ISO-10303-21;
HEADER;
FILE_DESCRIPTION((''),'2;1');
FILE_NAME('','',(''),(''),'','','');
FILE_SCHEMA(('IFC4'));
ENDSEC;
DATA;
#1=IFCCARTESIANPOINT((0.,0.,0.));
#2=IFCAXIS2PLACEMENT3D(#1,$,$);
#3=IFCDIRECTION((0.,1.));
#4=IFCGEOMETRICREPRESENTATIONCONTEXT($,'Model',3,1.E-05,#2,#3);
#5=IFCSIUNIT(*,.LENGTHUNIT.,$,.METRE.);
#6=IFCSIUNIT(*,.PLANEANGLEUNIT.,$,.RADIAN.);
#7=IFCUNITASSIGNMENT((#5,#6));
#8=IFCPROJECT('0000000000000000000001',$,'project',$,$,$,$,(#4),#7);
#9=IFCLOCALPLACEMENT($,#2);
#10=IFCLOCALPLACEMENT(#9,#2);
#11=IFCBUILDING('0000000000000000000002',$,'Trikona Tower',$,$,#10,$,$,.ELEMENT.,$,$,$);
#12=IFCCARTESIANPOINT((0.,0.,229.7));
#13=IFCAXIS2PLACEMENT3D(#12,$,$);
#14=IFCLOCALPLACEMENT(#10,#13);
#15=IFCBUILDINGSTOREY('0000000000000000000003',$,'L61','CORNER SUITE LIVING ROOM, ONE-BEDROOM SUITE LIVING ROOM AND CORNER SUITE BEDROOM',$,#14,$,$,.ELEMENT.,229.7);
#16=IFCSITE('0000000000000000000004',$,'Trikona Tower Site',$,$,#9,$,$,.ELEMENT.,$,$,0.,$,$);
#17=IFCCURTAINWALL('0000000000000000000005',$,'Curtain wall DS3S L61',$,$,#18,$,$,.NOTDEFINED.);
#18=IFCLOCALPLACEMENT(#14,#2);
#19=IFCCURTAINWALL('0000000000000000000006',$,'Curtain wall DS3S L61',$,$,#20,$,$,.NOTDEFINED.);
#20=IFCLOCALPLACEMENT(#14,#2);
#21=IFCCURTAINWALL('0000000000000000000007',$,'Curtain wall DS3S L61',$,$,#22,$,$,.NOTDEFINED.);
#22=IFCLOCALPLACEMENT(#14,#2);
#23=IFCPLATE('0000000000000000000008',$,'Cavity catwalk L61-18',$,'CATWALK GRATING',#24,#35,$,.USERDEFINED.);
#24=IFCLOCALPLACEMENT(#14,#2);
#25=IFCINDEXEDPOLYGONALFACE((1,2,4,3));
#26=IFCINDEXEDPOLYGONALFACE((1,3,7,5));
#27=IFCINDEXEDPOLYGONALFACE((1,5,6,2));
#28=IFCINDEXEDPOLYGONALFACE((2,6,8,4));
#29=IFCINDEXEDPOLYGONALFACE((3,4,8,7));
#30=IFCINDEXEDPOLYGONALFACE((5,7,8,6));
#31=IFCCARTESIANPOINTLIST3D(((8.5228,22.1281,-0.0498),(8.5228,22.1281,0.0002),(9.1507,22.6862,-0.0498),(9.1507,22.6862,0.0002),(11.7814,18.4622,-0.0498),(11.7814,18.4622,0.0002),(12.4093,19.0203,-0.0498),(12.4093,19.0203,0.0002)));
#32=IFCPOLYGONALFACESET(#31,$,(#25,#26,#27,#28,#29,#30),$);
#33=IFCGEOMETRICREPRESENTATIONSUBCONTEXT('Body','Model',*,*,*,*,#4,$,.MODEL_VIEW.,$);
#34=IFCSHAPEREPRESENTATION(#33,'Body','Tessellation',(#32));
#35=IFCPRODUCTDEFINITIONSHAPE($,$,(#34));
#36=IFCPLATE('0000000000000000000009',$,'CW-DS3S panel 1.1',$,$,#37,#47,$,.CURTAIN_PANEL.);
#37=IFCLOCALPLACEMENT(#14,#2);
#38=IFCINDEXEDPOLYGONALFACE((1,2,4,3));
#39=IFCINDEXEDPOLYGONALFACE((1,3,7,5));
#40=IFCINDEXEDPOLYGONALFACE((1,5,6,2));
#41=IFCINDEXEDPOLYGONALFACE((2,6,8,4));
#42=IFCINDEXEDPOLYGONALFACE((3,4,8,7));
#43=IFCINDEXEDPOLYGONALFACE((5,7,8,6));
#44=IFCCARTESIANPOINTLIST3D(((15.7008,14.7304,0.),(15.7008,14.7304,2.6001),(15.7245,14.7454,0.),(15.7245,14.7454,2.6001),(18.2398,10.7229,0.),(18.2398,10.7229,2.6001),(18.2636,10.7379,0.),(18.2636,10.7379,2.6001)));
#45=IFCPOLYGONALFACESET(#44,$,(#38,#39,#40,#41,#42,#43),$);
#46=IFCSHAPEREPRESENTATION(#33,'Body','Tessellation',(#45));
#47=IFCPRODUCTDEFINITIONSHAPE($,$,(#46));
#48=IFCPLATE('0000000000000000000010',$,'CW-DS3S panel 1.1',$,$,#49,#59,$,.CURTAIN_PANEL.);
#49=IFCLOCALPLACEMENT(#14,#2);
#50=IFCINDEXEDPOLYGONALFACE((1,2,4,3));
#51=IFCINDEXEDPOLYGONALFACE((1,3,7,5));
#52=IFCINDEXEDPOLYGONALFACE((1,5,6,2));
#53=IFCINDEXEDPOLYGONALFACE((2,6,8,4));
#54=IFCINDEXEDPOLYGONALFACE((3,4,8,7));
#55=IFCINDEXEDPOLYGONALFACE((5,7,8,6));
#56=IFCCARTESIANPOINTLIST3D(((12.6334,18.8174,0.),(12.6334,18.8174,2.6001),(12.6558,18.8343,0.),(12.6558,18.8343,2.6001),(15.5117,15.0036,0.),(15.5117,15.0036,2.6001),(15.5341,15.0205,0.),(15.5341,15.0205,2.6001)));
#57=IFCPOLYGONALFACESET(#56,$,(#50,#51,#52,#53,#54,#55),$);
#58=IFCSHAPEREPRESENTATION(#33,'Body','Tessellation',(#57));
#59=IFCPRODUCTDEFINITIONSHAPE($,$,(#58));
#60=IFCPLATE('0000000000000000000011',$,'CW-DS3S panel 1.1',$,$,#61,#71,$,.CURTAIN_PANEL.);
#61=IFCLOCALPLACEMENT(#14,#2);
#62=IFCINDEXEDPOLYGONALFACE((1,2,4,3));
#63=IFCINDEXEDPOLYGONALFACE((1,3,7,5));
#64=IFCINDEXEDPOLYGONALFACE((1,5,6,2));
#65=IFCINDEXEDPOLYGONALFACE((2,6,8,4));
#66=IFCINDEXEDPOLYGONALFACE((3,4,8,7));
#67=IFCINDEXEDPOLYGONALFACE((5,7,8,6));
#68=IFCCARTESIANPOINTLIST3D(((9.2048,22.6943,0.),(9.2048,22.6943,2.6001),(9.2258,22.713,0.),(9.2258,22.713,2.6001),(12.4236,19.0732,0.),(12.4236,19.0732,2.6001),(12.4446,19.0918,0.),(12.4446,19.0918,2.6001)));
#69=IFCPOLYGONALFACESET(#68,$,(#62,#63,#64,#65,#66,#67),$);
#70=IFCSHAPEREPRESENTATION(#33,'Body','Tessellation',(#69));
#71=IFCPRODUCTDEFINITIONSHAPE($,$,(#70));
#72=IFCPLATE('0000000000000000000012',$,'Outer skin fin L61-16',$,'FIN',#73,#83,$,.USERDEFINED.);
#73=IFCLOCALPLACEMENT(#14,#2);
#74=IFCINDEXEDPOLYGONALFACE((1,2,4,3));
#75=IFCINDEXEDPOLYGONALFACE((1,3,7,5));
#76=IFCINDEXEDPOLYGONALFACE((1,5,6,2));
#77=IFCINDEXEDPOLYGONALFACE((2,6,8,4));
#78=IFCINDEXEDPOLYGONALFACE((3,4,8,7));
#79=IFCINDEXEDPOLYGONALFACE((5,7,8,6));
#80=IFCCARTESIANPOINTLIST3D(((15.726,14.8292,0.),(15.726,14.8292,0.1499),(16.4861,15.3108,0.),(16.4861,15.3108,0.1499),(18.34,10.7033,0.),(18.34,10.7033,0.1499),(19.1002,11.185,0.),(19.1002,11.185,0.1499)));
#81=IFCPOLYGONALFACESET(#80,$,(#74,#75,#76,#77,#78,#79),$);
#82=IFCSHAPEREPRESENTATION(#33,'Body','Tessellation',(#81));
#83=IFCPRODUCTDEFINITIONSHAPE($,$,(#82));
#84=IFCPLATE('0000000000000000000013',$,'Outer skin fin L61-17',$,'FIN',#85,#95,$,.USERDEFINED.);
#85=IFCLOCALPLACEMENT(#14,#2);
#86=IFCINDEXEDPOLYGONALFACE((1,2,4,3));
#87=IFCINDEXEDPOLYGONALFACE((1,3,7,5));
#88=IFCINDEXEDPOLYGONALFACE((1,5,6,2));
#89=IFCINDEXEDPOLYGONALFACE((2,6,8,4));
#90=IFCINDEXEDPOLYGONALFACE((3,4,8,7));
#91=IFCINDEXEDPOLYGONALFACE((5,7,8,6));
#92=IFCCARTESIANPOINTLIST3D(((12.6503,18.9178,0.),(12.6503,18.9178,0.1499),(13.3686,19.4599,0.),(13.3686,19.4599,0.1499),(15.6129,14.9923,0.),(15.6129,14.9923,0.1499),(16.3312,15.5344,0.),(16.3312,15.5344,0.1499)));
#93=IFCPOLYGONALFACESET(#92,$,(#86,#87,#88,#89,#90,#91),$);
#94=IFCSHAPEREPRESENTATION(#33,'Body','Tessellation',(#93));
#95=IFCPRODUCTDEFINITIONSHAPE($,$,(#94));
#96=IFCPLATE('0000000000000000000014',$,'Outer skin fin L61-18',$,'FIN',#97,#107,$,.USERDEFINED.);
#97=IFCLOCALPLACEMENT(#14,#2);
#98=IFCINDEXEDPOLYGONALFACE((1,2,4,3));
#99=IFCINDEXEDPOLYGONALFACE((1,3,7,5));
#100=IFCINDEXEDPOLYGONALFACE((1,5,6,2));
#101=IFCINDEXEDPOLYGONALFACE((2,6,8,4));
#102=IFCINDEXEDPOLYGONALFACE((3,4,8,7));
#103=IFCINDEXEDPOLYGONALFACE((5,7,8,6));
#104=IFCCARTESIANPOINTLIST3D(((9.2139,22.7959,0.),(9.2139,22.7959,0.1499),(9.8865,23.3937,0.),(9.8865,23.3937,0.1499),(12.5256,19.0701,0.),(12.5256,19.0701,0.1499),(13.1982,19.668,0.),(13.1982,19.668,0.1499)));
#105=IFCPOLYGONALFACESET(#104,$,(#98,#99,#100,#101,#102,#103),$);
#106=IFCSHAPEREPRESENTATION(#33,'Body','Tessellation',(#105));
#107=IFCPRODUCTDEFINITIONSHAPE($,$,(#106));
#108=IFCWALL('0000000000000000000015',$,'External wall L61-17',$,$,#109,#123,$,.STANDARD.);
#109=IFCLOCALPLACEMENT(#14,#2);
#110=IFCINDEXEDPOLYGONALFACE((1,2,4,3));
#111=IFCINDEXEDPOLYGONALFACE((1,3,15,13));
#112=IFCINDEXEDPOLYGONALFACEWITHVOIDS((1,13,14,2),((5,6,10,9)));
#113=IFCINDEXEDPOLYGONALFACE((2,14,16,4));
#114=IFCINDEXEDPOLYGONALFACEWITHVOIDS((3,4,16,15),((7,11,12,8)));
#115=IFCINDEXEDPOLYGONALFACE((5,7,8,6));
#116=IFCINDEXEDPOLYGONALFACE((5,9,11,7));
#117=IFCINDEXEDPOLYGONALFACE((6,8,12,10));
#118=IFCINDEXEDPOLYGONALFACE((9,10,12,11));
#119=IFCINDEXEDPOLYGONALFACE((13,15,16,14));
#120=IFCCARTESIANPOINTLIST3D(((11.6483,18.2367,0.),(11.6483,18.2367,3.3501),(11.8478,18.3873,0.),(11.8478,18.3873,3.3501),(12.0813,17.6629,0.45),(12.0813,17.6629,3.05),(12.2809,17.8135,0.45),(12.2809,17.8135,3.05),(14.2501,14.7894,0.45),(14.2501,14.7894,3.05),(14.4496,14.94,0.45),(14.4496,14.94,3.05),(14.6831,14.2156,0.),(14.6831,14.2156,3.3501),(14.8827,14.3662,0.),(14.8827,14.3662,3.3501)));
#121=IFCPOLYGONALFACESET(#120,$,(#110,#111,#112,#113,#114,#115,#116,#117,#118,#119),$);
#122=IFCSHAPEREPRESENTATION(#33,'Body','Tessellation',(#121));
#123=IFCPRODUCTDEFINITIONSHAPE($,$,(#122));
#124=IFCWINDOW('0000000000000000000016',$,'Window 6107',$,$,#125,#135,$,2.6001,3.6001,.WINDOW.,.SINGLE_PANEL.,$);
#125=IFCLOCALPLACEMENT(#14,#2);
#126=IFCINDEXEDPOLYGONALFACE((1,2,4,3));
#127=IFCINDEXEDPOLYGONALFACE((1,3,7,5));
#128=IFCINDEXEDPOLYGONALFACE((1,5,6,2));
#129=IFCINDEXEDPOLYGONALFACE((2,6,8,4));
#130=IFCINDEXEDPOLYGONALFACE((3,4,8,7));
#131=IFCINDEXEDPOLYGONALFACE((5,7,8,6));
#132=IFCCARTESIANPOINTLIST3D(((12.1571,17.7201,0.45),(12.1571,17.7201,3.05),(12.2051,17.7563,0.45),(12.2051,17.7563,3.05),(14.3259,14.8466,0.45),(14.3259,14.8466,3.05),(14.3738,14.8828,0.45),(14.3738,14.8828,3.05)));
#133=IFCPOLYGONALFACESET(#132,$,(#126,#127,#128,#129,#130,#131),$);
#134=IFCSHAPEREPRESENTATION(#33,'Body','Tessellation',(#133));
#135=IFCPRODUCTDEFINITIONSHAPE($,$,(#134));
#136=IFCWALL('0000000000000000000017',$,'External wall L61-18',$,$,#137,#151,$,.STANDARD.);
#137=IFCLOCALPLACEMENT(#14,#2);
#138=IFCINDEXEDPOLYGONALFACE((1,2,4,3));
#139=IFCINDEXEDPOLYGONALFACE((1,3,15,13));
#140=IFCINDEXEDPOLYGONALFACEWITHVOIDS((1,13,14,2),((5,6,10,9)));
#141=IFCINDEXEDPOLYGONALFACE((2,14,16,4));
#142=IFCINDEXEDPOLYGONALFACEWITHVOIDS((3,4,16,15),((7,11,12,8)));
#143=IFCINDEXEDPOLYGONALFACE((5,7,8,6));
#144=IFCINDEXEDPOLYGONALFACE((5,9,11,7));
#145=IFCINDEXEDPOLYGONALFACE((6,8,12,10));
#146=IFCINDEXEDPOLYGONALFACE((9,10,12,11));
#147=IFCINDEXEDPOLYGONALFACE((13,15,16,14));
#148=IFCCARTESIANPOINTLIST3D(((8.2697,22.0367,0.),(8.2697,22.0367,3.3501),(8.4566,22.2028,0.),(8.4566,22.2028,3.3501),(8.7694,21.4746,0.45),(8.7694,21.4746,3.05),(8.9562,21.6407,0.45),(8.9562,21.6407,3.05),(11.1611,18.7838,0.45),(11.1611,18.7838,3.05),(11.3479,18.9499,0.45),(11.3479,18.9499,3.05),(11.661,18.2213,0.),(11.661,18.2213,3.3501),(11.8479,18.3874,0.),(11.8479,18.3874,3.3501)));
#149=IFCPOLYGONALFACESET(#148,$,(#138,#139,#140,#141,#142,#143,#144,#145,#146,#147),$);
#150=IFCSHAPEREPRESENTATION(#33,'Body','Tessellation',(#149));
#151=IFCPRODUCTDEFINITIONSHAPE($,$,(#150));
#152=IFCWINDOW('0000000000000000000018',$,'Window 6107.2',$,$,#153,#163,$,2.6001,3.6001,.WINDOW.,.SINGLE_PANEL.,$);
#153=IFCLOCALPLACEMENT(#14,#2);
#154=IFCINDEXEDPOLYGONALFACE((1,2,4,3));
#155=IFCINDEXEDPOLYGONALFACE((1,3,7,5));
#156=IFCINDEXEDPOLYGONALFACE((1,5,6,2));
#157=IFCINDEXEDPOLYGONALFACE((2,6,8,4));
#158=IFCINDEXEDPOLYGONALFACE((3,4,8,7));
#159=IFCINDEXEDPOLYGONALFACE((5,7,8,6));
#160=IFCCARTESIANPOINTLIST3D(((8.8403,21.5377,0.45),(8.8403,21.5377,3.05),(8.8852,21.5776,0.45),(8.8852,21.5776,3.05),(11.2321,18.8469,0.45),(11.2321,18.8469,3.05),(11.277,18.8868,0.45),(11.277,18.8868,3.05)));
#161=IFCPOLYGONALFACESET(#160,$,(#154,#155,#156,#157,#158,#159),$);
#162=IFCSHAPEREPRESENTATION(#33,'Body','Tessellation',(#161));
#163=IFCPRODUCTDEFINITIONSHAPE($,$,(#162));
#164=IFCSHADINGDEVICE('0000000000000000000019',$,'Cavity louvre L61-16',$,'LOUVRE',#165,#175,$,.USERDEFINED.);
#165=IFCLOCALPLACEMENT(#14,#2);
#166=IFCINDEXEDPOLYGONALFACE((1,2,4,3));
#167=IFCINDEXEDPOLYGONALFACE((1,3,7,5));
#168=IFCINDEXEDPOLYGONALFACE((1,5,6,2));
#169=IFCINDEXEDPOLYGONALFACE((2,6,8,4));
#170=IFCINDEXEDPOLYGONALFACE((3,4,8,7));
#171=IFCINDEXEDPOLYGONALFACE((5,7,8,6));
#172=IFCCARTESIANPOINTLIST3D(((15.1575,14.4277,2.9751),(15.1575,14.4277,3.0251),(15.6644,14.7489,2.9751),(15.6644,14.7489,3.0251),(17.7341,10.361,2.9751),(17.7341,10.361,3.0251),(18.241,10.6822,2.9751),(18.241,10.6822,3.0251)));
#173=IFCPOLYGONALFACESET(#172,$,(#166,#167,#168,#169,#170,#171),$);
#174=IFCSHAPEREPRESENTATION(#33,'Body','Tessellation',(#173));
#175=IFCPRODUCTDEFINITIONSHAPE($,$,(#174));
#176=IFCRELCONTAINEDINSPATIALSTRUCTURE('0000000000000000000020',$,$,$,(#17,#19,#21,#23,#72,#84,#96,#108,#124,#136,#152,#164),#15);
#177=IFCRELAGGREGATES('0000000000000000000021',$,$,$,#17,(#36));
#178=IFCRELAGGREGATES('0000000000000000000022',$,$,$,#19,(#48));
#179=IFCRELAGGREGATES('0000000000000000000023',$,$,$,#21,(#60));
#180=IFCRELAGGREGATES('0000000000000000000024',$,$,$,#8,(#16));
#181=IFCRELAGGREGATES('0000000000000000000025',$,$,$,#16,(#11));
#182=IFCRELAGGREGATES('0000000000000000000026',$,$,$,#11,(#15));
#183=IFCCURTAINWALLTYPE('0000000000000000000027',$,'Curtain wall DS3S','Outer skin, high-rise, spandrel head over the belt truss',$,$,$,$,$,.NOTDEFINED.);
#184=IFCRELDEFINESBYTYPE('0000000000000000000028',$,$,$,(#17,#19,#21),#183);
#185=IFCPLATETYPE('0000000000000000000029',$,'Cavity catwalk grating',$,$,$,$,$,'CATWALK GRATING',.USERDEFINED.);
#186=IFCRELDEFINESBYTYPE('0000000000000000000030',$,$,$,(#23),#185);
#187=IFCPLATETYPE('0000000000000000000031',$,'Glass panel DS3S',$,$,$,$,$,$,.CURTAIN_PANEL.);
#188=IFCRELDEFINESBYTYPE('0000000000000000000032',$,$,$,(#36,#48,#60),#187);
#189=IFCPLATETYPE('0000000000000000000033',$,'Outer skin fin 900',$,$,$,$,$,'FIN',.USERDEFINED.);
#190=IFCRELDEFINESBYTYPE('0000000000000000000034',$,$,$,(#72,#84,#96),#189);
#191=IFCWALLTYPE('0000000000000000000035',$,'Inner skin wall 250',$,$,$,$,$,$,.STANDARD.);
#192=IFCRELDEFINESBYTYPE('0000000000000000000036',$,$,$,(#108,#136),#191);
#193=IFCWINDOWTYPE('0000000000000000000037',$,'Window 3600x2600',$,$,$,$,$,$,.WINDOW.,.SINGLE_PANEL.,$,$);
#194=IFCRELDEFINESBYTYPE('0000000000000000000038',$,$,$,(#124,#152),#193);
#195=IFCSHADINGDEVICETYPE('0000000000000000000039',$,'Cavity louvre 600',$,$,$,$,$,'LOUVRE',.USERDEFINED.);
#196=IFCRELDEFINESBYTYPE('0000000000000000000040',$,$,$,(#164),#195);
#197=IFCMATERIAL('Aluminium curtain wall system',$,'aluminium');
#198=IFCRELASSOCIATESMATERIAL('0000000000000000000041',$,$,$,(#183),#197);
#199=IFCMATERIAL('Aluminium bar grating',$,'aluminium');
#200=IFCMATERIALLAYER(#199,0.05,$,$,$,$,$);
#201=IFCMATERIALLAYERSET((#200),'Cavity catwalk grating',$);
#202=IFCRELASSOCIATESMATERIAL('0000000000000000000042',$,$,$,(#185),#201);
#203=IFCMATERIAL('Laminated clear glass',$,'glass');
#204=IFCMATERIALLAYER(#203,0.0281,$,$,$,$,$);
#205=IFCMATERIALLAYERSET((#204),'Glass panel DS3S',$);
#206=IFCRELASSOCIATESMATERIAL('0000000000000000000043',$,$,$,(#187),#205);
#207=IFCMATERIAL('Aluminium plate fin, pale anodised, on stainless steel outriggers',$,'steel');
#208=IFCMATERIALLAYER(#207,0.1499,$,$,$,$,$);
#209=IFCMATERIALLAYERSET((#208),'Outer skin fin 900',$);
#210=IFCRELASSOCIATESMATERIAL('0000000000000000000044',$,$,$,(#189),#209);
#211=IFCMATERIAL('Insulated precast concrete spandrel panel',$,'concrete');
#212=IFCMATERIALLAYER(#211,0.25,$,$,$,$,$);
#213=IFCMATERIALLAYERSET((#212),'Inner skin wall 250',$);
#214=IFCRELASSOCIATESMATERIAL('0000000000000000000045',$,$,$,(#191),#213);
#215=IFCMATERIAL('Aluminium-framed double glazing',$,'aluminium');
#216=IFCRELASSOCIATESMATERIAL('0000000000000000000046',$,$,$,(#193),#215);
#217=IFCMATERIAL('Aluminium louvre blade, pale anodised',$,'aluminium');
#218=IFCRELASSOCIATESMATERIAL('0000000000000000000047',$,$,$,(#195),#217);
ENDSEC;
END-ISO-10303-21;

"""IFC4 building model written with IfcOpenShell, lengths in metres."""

from ifc_helpers import new_model, si_unit, direction, frame, frame_2d, origin, origin_2d, place, context, subcontext, project, spatial, rectangle, extrude, material, layer, layer_set, type_object, element, fill, aggregate, save


model = new_model("IFC4")

# Units and contexts
model_context = context("Model", 3, precision=1e-05, world=origin(), true_north=direction((0.0, 1.0)))
body_context = subcontext(model_context, "Body", "Model", "MODEL_VIEW")
ifc_project = project(units=[si_unit("LENGTHUNIT", "METRE"), si_unit("PLANEANGLEUNIT", "RADIAN")], contexts=[model_context])

# Site, building, storey
site_placement = place(None, origin())
site = spatial("IfcSite", under=ifc_project, at=site_placement, Name="Trikona Tower Site", CompositionType="ELEMENT", RefElevation=0.0)
building_placement = place(site_placement, origin())
building = spatial("IfcBuilding", under=site, at=building_placement, Name="Trikona Tower", CompositionType="ELEMENT")
storey_placement = place(building_placement, frame((0.0, 0.0, 229.7)))
storey = spatial("IfcBuildingStorey", under=building, at=storey_placement, Name="L61", Description="CORNER SUITE LIVING ROOM, ONE-BEDROOM SUITE LIVING ROOM AND CORNER SUITE BEDROOM", CompositionType="ELEMENT", Elevation=229.7)

# Curtain walls
ifc_material_1 = material(Name="Aluminium curtain wall system", Category="aluminium")
curtain_wall_type = type_object("IfcCurtainWallType", Name="Curtain wall DS3S", Description="Outer skin, high-rise, spandrel head over the belt truss", PredefinedType="NOTDEFINED", material=ifc_material_1)
curtain_wall_1_placement = place(storey_placement, origin())
curtain_wall_1 = element("IfcCurtainWall", 1, at=curtain_wall_1_placement, inside=storey, type_object=curtain_wall_type, Name="Curtain wall DS3S L61", PredefinedType="NOTDEFINED")
curtain_wall_2_placement = place(storey_placement, origin())
curtain_wall_2 = element("IfcCurtainWall", 2, at=curtain_wall_2_placement, inside=storey, type_object=curtain_wall_type, Name="Curtain wall DS3S L61", PredefinedType="NOTDEFINED")

# Curtain wall
curtain_wall_3_placement = place(storey_placement, origin())
curtain_wall_3 = element("IfcCurtainWall", 3, at=curtain_wall_3_placement, inside=storey, type_object=curtain_wall_type, Name="Curtain wall DS3S L61", PredefinedType="NOTDEFINED")

# Plate
ifc_material_2 = material(Name="Aluminium bar grating", Category="aluminium")
ifc_layer_1 = layer(ifc_material_2, 0.05)
ifc_layer_set_1 = layer_set([ifc_layer_1], Name="Cavity catwalk grating")
plate_type_1 = type_object("IfcPlateType", Name="Cavity catwalk grating", ElementType="CATWALK GRATING", PredefinedType="USERDEFINED", material=ifc_layer_set_1)
plate_1_placement = place(storey_placement, frame((10.4661, 20.5742, -0.0498), z_axis=(0.0, 0.0, 1.0), x_axis=(-0.664367, 0.747406, 0.0)))
element("IfcPlate", 4, at=plate_1_placement, inside=storey, type_object=plate_type_1, Name="Cavity catwalk L61-18", ObjectType="CATWALK GRATING", PredefinedType="USERDEFINED", context=body_context, shape_type="SweptSolid", body=[
    extrude(rectangle(XDim=4.9048, YDim=0.8401, at=origin_2d()), origin(), (0.0, 0.0, 1.0), 0.05),
])

# Plates
ifc_material_3 = material(Name="Laminated clear glass", Category="glass")
ifc_layer_2 = layer(ifc_material_3, 0.0281)
ifc_layer_set_2 = layer_set([ifc_layer_2], Name="Glass panel DS3S")
plate_type_2 = type_object("IfcPlateType", Name="Glass panel DS3S", PredefinedType="CURTAIN_PANEL", material=ifc_layer_set_2)
plate_2_placement = place(storey_placement, frame((16.9822, 12.7341, 0.0), z_axis=(0.0, 0.0, 1.0), x_axis=(-0.535197, 0.844727, 0.0)))
plate_2 = element("IfcPlate", 5, at=plate_2_placement, type_object=plate_type_2, Name="CW-DS3S panel 1.1", PredefinedType="CURTAIN_PANEL", context=body_context, shape_type="SweptSolid", body=[
    extrude(rectangle(XDim=4.7441, YDim=0.0281, at=origin_2d()), origin(), (0.0, 0.0, 1.0), 2.6001),
])
aggregate(curtain_wall_1, [plate_2])
plate_3_placement = place(storey_placement, frame((14.0837, 16.9189, 0.0), z_axis=(0.0, 0.0, 1.0), x_axis=(-0.602402, 0.798193, 0.0)))
plate_3 = element("IfcPlate", 6, at=plate_3_placement, type_object=plate_type_2, Name="CW-DS3S panel 1.1", PredefinedType="CURTAIN_PANEL", context=body_context, shape_type="SweptSolid", body=[
    extrude(rectangle(XDim=4.7781, YDim=0.0281, at=origin_2d()), origin(), (0.0, 0.0, 1.0), 2.6001),
])
aggregate(curtain_wall_2, [plate_3])
plate_4_placement = place(storey_placement, frame((10.8247, 20.8931, 0.0), z_axis=(0.0, 0.0, 1.0), x_axis=(-0.664371, 0.747403, 0.0)))
plate_4 = element("IfcPlate", 7, at=plate_4_placement, type_object=plate_type_2, Name="CW-DS3S panel 1.1", PredefinedType="CURTAIN_PANEL", context=body_context, shape_type="SweptSolid", body=[
    extrude(rectangle(XDim=4.845, YDim=0.0281, at=origin_2d()), origin(), (0.0, 0.0, 1.0), 2.6001),
])
aggregate(curtain_wall_3, [plate_4])

# Plates
ifc_material_4 = material(Name="Aluminium plate fin, pale anodised, on stainless steel outriggers", Category="steel")
ifc_layer_3 = layer(ifc_material_4, 0.1499)
ifc_layer_set_3 = layer_set([ifc_layer_3], Name="Outer skin fin 900")
plate_type_3 = type_object("IfcPlateType", Name="Outer skin fin 900", ElementType="FIN", PredefinedType="USERDEFINED", material=ifc_layer_set_3)
plate_5_placement = place(storey_placement, frame((17.4131, 13.0071, 0.0), z_axis=(0.0, 0.0, 1.0), x_axis=(-0.535205, 0.844722, 0.0)))
element("IfcPlate", 8, at=plate_5_placement, inside=storey, type_object=plate_type_3, Name="Outer skin fin L61-16", ObjectType="FIN", PredefinedType="USERDEFINED", context=body_context, shape_type="SweptSolid", body=[
    extrude(rectangle(XDim=4.8843, YDim=0.8999, at=origin_2d()), origin(), (0.0, 0.0, 1.0), 0.1499),
])
plate_6_placement = place(storey_placement, frame((14.4907, 17.2261, 0.0), z_axis=(0.0, 0.0, 1.0), x_axis=(-0.602402, 0.798193, 0.0)))
element("IfcPlate", 9, at=plate_6_placement, inside=storey, type_object=plate_type_3, Name="Outer skin fin L61-17", ObjectType="FIN", PredefinedType="USERDEFINED", context=body_context, shape_type="SweptSolid", body=[
    extrude(rectangle(XDim=4.918, YDim=0.8999, at=origin_2d()), origin(), (0.0, 0.0, 1.0), 0.1499),
])
plate_7_placement = place(storey_placement, frame((11.2061, 21.2319, 0.0), z_axis=(0.0, 0.0, 1.0), x_axis=(-0.664367, 0.747406, 0.0)))
element("IfcPlate", 10, at=plate_7_placement, inside=storey, type_object=plate_type_3, Name="Outer skin fin L61-18", ObjectType="FIN", PredefinedType="USERDEFINED", context=body_context, shape_type="SweptSolid", body=[
    extrude(rectangle(XDim=4.9849, YDim=0.8999, at=origin_2d()), origin(), (0.0, 0.0, 1.0), 0.1499),
])

# Walls, openings, windows
ifc_material_5 = material(Name="Insulated precast concrete spandrel panel", Category="concrete")
ifc_layer_4 = layer(ifc_material_5, 0.25)
ifc_layer_set_4 = layer_set([ifc_layer_4], Name="Inner skin wall 250")
wall_type = type_object("IfcWallType", Name="Inner skin wall 250", PredefinedType="STANDARD", material=ifc_layer_set_4)
wall_1_placement = place(storey_placement, frame((14.783, 14.2908, 0.0), z_axis=(0.0, 0.0, 1.0), x_axis=(-0.602409, 0.798188, 0.0)))
wall_1 = element("IfcWall", 11, at=wall_1_placement, inside=storey, type_object=wall_type, Name="External wall L61-17", PredefinedType="STANDARD", context=body_context, shape_type="SweptSolid", body=[
    extrude(rectangle(XDim=5.0378, YDim=0.25, at=frame_2d((2.519, 0.0))), origin(), (0.0, 0.0, 1.0), 3.3501),
])
opening_1_placement = place(wall_1_placement, frame((0.719, 0.0, 0.45)))
opening_1 = element("IfcOpeningElement", 12, at=opening_1_placement, cuts=wall_1, PredefinedType="OPENING", context=body_context, shape_type="SweptSolid", body=[
    extrude(rectangle(XDim=3.6001, YDim=2.6001, at=frame_2d((1.8, 1.3))), frame((0.0, 0.135, 0.0), z_axis=(0.0, -1.0, 0.0), x_axis=(1.0, 0.0, 0.0)), (0.0, 0.0, 1.0), 0.27),
])
ifc_material_6 = material(Name="Aluminium-framed double glazing", Category="aluminium")
window_type = type_object("IfcWindowType", Name="Window 3600x2600", PartitioningType="SINGLE_PANEL", PredefinedType="WINDOW", material=ifc_material_6)
window_1_placement = place(opening_1_placement, origin())
window_1 = element("IfcWindow", 13, at=window_1_placement, inside=storey, type_object=window_type, Name="Window 6107", OverallHeight=2.6001, OverallWidth=3.6001, PartitioningType="SINGLE_PANEL", PredefinedType="WINDOW", context=body_context, shape_type="SweptSolid", body=[
    extrude(rectangle(XDim=3.6001, YDim=2.6001, at=frame_2d((1.8, 1.3))), frame((0.0, 0.03, 0.0), z_axis=(0.0, -1.0, 0.0), x_axis=(1.0, 0.0, 0.0)), (0.0, 0.0, 1.0), 0.0601),
])
fill(opening_1, window_1)
wall_2_placement = place(storey_placement, frame((11.7544, 18.3044, 0.0), z_axis=(0.0, 0.0, 1.0), x_axis=(-0.664349, 0.747423, 0.0)))
wall_2 = element("IfcWall", 14, at=wall_2_placement, inside=storey, type_object=wall_type, Name="External wall L61-18", PredefinedType="STANDARD", context=body_context, shape_type="SweptSolid", body=[
    extrude(rectangle(XDim=5.1047, YDim=0.25, at=frame_2d((2.5522, 0.0))), origin(), (0.0, 0.0, 1.0), 3.3501),
])
opening_2_placement = place(wall_2_placement, frame((0.7524, 0.0, 0.45)))
opening_2 = element("IfcOpeningElement", 15, at=opening_2_placement, cuts=wall_2, PredefinedType="OPENING", context=body_context, shape_type="SweptSolid", body=[
    extrude(rectangle(XDim=3.6001, YDim=2.6001, at=frame_2d((1.8, 1.3))), frame((0.0, 0.135, 0.0), z_axis=(0.0, -1.0, 0.0), x_axis=(1.0, 0.0, 0.0)), (0.0, 0.0, 1.0), 0.27),
])
window_2_placement = place(opening_2_placement, origin())
window_2 = element("IfcWindow", 16, at=window_2_placement, inside=storey, type_object=window_type, Name="Window 6107.2", OverallHeight=2.6001, OverallWidth=3.6001, PartitioningType="SINGLE_PANEL", PredefinedType="WINDOW", context=body_context, shape_type="SweptSolid", body=[
    extrude(rectangle(XDim=3.6001, YDim=2.6001, at=frame_2d((1.8, 1.3))), frame((0.0, 0.03, 0.0), z_axis=(0.0, -1.0, 0.0), x_axis=(1.0, 0.0, 0.0)), (0.0, 0.0, 1.0), 0.0601),
])
fill(opening_2, window_2)

# Shading device
ifc_material_7 = material(Name="Aluminium louvre blade, pale anodised", Category="aluminium")
shading_device_type = type_object("IfcShadingDeviceType", Name="Cavity louvre 600", ElementType="LOUVRE", PredefinedType="USERDEFINED", material=ifc_material_7)
shading_device_1_placement = place(storey_placement, frame((16.6992, 12.5549, 2.9751), z_axis=(0.0, 0.0, 1.0), x_axis=(-0.535205, 0.844722, 0.0)))
element("IfcShadingDevice", 17, at=shading_device_1_placement, inside=storey, type_object=shading_device_type, Name="Cavity louvre L61-16", ObjectType="LOUVRE", PredefinedType="USERDEFINED", context=body_context, shape_type="SweptSolid", body=[
    extrude(rectangle(XDim=4.8142, YDim=0.6001, at=origin_2d()), origin(), (0.0, 0.0, 1.0), 0.05),
])

save(model, "model.ifc")
